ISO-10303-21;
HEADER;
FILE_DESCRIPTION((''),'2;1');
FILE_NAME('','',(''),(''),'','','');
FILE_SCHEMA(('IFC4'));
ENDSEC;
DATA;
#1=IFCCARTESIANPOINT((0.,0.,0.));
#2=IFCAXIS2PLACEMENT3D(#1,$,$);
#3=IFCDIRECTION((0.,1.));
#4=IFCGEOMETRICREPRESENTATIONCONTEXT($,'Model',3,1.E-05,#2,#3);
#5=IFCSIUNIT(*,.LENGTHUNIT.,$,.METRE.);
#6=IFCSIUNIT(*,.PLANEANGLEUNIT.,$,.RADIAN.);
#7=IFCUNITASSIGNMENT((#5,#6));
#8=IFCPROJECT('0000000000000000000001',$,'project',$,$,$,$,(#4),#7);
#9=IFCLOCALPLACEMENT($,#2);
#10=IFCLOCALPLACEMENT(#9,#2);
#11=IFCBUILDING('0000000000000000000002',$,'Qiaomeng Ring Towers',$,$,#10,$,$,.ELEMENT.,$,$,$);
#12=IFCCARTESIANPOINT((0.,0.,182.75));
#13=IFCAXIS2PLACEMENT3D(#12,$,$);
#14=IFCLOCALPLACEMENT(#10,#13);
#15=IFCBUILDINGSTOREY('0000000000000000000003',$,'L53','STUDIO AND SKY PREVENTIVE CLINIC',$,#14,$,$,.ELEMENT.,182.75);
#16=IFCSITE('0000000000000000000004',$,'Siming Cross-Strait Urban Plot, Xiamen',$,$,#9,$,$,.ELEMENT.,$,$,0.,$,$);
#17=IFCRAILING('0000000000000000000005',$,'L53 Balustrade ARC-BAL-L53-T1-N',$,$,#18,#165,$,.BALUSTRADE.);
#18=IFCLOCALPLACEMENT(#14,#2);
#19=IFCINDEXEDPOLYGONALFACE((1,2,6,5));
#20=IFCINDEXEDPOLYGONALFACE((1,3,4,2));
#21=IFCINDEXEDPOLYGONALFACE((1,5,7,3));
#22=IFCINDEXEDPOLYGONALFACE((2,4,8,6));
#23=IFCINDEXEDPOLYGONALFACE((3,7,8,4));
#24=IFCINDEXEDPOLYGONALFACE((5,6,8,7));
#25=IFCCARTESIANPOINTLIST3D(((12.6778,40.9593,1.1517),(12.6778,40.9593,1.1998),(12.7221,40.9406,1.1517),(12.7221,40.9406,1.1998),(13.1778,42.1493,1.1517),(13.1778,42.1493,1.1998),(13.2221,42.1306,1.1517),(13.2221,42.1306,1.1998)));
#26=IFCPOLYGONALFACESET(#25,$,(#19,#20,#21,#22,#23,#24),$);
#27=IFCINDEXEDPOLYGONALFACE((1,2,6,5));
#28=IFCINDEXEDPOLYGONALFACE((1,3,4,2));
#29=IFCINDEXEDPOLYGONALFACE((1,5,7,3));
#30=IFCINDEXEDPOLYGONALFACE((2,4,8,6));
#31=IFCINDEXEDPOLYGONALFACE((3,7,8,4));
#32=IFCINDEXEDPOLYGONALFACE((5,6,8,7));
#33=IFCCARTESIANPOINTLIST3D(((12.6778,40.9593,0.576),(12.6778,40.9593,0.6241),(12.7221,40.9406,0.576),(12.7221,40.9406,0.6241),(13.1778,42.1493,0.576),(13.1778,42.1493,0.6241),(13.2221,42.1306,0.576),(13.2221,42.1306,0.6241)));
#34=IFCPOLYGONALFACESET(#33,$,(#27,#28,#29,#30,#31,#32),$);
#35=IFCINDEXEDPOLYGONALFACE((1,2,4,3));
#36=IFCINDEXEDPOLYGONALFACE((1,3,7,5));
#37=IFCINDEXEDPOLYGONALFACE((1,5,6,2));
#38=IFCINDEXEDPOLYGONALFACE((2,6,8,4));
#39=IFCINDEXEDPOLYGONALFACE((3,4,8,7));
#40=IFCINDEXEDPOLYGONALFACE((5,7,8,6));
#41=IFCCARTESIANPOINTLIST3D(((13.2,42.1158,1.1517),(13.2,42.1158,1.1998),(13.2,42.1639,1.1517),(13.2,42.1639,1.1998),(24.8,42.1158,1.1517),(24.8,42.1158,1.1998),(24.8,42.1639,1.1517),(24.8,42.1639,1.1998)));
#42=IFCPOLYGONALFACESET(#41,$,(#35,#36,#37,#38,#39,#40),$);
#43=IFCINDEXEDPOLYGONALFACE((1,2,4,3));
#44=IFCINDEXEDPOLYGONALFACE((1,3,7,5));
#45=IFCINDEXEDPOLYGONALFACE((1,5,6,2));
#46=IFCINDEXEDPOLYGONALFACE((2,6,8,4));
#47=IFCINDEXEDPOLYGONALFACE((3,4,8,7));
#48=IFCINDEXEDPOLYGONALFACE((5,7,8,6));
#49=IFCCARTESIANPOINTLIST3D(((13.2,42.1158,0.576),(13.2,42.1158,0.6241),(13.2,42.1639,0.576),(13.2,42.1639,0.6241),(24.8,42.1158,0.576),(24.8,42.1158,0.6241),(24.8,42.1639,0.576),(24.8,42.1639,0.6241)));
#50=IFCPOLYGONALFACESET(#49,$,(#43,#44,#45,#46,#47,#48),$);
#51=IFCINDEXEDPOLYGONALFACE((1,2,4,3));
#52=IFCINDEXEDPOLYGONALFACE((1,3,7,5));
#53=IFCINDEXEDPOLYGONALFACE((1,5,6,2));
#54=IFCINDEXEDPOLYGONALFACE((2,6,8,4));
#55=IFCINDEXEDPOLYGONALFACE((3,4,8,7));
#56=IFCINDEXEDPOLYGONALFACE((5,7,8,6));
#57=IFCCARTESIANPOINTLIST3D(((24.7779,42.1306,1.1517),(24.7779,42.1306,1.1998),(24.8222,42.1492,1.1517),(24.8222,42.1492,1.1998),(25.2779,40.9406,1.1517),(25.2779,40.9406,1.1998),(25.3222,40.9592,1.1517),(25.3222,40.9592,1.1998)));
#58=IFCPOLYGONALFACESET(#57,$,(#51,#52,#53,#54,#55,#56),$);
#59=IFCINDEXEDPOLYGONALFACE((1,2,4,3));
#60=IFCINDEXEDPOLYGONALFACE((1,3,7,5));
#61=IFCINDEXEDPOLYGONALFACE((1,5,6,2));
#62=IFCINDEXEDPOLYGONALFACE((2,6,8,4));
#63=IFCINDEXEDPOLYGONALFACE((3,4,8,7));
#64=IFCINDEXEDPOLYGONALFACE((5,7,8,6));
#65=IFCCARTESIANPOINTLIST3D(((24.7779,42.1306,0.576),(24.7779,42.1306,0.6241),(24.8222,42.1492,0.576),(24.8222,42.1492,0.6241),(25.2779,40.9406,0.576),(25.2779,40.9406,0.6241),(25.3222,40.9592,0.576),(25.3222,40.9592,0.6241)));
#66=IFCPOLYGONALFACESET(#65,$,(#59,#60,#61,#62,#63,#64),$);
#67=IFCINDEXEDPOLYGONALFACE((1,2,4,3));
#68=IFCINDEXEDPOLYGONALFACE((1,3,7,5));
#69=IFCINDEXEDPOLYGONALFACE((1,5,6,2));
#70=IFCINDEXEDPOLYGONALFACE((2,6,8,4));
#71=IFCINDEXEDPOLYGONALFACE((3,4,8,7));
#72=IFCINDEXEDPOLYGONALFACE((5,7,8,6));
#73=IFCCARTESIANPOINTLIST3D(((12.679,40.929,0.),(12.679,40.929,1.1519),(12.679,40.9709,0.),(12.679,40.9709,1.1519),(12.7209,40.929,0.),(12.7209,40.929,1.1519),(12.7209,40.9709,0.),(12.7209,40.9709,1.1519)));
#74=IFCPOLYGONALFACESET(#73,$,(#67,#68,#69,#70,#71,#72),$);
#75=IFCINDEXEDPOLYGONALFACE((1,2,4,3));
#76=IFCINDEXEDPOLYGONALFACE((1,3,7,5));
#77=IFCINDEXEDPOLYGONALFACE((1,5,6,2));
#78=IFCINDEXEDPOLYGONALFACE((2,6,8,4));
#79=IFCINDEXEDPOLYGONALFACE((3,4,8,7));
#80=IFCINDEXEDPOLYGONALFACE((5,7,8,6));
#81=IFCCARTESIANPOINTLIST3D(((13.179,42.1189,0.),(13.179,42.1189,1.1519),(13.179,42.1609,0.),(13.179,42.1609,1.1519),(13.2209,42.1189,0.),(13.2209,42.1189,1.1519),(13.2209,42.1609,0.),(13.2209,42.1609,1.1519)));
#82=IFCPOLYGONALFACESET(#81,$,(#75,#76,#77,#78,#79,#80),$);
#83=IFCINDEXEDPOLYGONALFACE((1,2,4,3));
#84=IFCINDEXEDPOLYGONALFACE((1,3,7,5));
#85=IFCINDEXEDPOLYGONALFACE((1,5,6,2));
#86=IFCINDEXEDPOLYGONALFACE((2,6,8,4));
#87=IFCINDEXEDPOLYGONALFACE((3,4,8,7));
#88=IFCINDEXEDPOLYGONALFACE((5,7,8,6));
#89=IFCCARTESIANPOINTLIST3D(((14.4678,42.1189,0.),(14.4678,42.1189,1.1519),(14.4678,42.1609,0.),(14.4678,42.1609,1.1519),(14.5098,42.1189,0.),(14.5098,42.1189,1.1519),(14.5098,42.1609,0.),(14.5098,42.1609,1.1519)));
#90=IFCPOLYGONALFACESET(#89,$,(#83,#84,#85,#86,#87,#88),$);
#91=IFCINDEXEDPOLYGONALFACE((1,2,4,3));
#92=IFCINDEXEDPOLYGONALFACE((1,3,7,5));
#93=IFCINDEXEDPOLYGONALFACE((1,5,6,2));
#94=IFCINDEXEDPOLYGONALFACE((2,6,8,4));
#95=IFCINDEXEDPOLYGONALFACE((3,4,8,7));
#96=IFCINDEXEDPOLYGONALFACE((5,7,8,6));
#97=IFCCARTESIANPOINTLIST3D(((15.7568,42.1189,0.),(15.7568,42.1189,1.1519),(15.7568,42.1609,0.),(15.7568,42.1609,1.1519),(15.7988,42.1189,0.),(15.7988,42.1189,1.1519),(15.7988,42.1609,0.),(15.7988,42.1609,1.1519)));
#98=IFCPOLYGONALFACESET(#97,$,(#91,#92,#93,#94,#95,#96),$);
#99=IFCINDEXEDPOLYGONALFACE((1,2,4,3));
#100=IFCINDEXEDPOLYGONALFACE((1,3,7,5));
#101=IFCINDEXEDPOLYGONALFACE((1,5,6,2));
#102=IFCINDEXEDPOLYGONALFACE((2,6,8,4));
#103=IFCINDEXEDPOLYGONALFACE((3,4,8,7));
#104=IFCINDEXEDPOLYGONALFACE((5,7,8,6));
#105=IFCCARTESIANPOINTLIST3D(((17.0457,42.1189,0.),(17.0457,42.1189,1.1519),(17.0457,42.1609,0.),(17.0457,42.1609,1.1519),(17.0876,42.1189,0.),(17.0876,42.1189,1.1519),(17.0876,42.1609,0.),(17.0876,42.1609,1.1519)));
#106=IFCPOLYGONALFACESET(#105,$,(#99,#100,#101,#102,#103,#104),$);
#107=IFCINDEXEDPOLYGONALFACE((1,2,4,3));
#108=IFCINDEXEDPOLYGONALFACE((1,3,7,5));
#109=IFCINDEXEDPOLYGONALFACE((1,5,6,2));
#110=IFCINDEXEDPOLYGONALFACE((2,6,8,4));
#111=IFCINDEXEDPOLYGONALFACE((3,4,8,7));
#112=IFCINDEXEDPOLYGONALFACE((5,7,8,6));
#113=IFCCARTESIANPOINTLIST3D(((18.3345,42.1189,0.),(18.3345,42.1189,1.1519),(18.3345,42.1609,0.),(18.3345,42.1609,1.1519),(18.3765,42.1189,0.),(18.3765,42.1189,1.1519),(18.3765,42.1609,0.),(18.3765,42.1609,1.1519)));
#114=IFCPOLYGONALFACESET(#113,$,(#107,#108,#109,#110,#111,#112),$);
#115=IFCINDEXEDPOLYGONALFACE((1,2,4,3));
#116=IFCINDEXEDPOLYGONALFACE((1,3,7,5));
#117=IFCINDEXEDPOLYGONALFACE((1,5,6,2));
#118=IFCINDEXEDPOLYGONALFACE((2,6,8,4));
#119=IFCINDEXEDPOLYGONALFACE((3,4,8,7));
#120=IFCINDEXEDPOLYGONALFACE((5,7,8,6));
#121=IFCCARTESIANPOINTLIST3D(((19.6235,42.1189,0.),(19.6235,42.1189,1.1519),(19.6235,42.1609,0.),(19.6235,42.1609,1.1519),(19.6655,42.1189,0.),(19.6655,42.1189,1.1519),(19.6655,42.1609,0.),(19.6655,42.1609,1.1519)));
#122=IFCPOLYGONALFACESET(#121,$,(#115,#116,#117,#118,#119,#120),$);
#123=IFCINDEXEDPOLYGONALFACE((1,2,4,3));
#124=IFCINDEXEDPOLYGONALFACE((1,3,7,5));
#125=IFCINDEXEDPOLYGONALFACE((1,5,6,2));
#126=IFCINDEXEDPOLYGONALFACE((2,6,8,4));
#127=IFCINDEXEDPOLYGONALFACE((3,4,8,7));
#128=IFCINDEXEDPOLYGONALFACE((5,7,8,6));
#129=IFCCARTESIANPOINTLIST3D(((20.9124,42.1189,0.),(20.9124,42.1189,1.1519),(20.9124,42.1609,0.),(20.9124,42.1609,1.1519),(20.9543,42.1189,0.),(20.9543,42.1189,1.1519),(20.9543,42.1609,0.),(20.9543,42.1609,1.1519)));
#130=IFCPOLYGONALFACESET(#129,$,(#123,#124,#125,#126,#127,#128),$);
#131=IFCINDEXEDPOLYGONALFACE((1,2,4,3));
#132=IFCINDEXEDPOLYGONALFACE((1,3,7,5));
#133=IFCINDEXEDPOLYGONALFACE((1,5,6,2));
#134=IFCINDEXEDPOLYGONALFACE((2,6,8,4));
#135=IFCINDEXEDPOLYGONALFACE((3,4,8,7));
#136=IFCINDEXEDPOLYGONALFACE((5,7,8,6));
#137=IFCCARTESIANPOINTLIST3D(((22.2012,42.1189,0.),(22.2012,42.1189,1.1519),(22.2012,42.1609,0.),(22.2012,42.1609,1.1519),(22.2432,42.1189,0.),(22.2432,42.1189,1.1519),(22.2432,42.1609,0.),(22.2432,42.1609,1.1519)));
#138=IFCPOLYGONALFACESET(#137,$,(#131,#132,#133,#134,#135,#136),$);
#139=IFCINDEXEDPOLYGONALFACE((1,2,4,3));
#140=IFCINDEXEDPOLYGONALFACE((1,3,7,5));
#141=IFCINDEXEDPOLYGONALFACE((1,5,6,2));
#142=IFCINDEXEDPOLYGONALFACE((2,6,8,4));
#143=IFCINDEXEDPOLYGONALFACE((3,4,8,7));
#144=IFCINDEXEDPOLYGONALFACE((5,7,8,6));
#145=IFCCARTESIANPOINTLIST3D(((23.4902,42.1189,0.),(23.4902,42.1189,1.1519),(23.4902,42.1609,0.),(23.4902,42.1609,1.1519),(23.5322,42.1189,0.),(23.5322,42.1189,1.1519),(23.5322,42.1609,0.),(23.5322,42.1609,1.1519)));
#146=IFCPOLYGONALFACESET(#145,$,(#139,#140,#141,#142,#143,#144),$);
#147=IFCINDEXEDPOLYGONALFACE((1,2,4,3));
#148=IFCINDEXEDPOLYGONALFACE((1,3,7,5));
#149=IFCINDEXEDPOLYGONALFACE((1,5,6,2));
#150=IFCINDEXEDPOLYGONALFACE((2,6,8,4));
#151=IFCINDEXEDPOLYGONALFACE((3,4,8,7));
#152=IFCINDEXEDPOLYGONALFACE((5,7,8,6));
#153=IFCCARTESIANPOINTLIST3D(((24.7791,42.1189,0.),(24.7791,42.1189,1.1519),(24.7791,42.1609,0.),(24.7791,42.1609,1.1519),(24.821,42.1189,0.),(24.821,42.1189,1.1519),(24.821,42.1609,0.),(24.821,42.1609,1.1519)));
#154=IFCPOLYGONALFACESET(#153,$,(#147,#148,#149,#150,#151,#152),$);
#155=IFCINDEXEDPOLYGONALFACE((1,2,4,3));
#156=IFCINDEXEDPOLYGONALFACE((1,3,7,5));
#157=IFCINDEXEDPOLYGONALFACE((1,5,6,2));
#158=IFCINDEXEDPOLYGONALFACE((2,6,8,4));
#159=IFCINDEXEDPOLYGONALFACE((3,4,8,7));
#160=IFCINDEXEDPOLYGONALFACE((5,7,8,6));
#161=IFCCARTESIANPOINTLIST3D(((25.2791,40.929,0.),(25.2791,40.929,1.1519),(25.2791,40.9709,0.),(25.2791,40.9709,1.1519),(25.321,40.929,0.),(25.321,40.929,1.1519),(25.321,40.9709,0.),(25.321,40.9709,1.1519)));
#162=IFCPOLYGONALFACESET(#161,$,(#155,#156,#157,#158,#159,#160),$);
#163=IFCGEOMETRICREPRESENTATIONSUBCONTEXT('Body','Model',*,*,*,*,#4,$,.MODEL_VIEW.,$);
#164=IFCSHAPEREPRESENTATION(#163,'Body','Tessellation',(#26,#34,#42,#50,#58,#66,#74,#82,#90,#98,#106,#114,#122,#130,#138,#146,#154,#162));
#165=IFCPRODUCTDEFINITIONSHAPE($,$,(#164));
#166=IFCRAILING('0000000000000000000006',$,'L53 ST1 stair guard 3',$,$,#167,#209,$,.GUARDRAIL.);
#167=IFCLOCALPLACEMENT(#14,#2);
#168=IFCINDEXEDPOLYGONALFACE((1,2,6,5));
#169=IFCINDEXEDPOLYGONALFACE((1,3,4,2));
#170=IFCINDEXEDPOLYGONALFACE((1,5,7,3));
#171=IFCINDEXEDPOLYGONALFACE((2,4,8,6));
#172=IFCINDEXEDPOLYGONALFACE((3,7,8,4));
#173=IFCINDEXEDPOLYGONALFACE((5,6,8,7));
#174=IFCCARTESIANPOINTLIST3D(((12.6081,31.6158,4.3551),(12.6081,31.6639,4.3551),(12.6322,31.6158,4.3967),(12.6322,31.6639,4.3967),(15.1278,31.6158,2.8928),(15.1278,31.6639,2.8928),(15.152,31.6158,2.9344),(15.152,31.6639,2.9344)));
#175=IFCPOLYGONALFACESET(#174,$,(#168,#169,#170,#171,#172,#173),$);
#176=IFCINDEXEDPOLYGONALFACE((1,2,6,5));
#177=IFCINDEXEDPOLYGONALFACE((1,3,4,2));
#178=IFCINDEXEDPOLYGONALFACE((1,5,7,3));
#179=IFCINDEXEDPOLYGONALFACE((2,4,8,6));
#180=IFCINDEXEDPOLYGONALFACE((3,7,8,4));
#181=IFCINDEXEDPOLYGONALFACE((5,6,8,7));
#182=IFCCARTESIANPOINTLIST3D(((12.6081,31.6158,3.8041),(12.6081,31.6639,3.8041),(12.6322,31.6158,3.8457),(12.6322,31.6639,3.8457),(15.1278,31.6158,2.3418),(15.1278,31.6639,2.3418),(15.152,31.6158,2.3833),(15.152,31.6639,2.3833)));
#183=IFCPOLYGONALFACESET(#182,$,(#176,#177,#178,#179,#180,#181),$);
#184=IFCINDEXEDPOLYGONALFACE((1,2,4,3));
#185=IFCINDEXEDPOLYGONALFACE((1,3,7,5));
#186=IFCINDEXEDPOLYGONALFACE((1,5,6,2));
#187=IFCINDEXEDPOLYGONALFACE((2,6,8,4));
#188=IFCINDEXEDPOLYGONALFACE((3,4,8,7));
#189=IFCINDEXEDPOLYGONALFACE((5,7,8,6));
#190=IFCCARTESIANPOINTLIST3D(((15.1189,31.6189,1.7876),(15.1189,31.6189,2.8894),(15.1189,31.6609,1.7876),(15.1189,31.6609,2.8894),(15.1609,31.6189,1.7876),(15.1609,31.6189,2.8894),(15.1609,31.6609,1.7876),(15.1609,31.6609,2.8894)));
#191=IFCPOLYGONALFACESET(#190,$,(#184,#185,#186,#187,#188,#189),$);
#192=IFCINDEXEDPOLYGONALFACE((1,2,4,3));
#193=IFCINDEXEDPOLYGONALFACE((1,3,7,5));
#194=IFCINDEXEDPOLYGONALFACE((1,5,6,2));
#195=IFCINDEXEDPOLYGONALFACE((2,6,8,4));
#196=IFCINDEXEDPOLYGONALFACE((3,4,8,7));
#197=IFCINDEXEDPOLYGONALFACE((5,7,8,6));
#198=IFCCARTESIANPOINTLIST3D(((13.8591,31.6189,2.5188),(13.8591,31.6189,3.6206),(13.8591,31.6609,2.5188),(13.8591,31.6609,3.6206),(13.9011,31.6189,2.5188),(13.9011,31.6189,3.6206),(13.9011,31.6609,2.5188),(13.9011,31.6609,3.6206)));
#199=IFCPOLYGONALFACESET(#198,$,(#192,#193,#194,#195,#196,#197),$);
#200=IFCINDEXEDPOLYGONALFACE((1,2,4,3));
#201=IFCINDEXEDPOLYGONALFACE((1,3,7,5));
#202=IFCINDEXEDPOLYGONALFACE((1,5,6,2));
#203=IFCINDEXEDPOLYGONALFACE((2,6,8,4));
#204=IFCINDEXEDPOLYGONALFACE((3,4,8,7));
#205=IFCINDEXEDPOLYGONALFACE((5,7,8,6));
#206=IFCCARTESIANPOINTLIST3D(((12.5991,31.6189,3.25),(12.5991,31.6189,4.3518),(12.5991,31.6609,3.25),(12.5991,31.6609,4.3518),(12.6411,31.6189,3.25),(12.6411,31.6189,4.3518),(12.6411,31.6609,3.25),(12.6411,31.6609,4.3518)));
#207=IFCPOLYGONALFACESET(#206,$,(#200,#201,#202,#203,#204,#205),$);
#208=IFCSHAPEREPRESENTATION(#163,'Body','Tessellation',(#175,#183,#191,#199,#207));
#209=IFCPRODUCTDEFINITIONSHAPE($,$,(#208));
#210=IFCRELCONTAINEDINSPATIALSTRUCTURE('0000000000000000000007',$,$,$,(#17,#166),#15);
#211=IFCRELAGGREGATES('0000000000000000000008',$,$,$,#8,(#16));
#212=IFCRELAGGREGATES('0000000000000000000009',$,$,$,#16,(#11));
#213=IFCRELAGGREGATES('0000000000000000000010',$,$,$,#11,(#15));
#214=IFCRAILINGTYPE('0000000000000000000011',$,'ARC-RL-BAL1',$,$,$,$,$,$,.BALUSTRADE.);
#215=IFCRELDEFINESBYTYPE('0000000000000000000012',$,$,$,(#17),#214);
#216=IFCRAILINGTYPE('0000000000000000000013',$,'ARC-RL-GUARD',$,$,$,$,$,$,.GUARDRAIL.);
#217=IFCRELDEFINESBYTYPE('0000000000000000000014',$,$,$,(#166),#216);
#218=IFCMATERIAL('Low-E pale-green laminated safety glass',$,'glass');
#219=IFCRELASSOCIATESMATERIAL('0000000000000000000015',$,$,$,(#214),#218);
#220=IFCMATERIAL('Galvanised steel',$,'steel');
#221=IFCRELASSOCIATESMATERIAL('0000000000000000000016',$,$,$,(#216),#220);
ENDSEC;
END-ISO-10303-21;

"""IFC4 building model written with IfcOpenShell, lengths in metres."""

from ifc_helpers import new_model, si_unit, direction, frame, origin, origin_2d, place, context, subcontext, project, spatial, rectangle, extrude, material, type_object, element, save


model = new_model("IFC4")

# Units and contexts
model_context = context("Model", 3, precision=1e-05, world=origin(), true_north=direction((0.0, 1.0)))
body_context = subcontext(model_context, "Body", "Model", "MODEL_VIEW")
ifc_project = project(units=[si_unit("LENGTHUNIT", "METRE"), si_unit("PLANEANGLEUNIT", "RADIAN")], contexts=[model_context])

# Site, building, storey
site_placement = place(None, origin())
site = spatial("IfcSite", under=ifc_project, at=site_placement, Name="Siming Cross-Strait Urban Plot, Xiamen", CompositionType="ELEMENT", RefElevation=0.0)
building_placement = place(site_placement, origin())
building = spatial("IfcBuilding", under=site, at=building_placement, Name="Qiaomeng Ring Towers", CompositionType="ELEMENT")
storey_placement = place(building_placement, frame((0.0, 0.0, 182.75)))
storey = spatial("IfcBuildingStorey", under=building, at=storey_placement, Name="L53", Description="STUDIO AND SKY PREVENTIVE CLINIC", CompositionType="ELEMENT", Elevation=182.75)

# Shared definitions
ifc_material_1 = material(Name="Galvanised steel", Category="steel")

# Railings
ifc_material_2 = material(Name="Low-E pale-green laminated safety glass", Category="glass")
railing_type_1 = type_object("IfcRailingType", Name="ARC-RL-BAL1", PredefinedType="BALUSTRADE", material=ifc_material_2)
railing_1_placement = place(storey_placement, frame((12.7, 40.95, 0.0)))
element("IfcRailing", 1, at=railing_1_placement, inside=storey, type_object=railing_type_1, Name="L53 Balustrade ARC-BAL-L53-T1-N", PredefinedType="BALUSTRADE", context=body_context, shape_type="SweptSolid", body=[
    extrude(rectangle(XDim=0.0481, YDim=0.0481, at=origin_2d()), frame((0.0, 0.0, 1.1758), z_axis=(0.38738, 0.92192, 0.0), x_axis=(-0.92192, 0.38738, 0.0)), (0.0, 0.0, 1.0), 1.2908),
    extrude(rectangle(XDim=0.0481, YDim=0.0481, at=origin_2d()), frame((0.0, 0.0, 0.6001), z_axis=(0.38738, 0.92192, 0.0), x_axis=(-0.92192, 0.38738, 0.0)), (0.0, 0.0, 1.0), 1.2908),
    extrude(rectangle(XDim=0.0481, YDim=0.0481, at=origin_2d()), frame((0.5, 1.1899, 1.1758), z_axis=(1.0, 0.0, 0.0), x_axis=(0.0, 1.0, 0.0)), (0.0, 0.0, 1.0), 11.6001),
    extrude(rectangle(XDim=0.0481, YDim=0.0481, at=origin_2d()), frame((0.5, 1.1899, 0.6001), z_axis=(1.0, 0.0, 0.0), x_axis=(0.0, 1.0, 0.0)), (0.0, 0.0, 1.0), 11.6001),
    extrude(rectangle(XDim=0.0481, YDim=0.0481, at=origin_2d()), frame((12.1001, 1.1899, 1.1758), z_axis=(0.38738, -0.92192, 0.0), x_axis=(0.92192, 0.38738, 0.0)), (0.0, 0.0, 1.0), 1.2908),
    extrude(rectangle(XDim=0.0481, YDim=0.0481, at=origin_2d()), frame((12.1001, 1.1899, 0.6001), z_axis=(0.38738, -0.92192, 0.0), x_axis=(0.92192, 0.38738, 0.0)), (0.0, 0.0, 1.0), 1.2908),
    extrude(rectangle(XDim=0.042, YDim=0.042, at=origin_2d()), origin(), (0.0, 0.0, 1.0), 1.1519),
    extrude(rectangle(XDim=0.042, YDim=0.042, at=origin_2d()), frame((0.5, 1.1899, 0.0)), (0.0, 0.0, 1.0), 1.1519),
    extrude(rectangle(XDim=0.042, YDim=0.042, at=origin_2d()), frame((1.7888, 1.1899, 0.0)), (0.0, 0.0, 1.0), 1.1519),
    extrude(rectangle(XDim=0.042, YDim=0.042, at=origin_2d()), frame((3.0779, 1.1899, 0.0)), (0.0, 0.0, 1.0), 1.1519),
    extrude(rectangle(XDim=0.042, YDim=0.042, at=origin_2d()), frame((4.3667, 1.1899, 0.0)), (0.0, 0.0, 1.0), 1.1519),
    extrude(rectangle(XDim=0.042, YDim=0.042, at=origin_2d()), frame((5.6555, 1.1899, 0.0)), (0.0, 0.0, 1.0), 1.1519),
    extrude(rectangle(XDim=0.042, YDim=0.042, at=origin_2d()), frame((6.9446, 1.1899, 0.0)), (0.0, 0.0, 1.0), 1.1519),
    extrude(rectangle(XDim=0.042, YDim=0.042, at=origin_2d()), frame((8.2334, 1.1899, 0.0)), (0.0, 0.0, 1.0), 1.1519),
    extrude(rectangle(XDim=0.042, YDim=0.042, at=origin_2d()), frame((9.5222, 1.1899, 0.0)), (0.0, 0.0, 1.0), 1.1519),
    extrude(rectangle(XDim=0.042, YDim=0.042, at=origin_2d()), frame((10.8113, 1.1899, 0.0)), (0.0, 0.0, 1.0), 1.1519),
    extrude(rectangle(XDim=0.042, YDim=0.042, at=origin_2d()), frame((12.1001, 1.1899, 0.0)), (0.0, 0.0, 1.0), 1.1519),
    extrude(rectangle(XDim=0.042, YDim=0.042, at=origin_2d()), frame((12.6001, 0.0, 0.0)), (0.0, 0.0, 1.0), 1.1519),
])
railing_type_2 = type_object("IfcRailingType", Name="ARC-RL-GUARD", PredefinedType="GUARDRAIL", material=ifc_material_1)
railing_2_placement = place(storey_placement, frame((15.1399, 31.6399, 1.7876)))
element("IfcRailing", 2, at=railing_2_placement, inside=storey, type_object=railing_type_2, Name="L53 ST1 stair guard 3", PredefinedType="GUARDRAIL", context=body_context, shape_type="SweptSolid", body=[
    extrude(rectangle(XDim=0.0481, YDim=0.0481, at=origin_2d()), frame((0.0, 0.0, 1.126), z_axis=(-0.864892, 0.0, 0.501958), x_axis=(0.0, -1.0, 0.0)), (0.0, 0.0, 1.0), 2.9133),
    extrude(rectangle(XDim=0.0481, YDim=0.0481, at=origin_2d()), frame((0.0, 0.0, 0.575), z_axis=(-0.864892, 0.0, 0.501958), x_axis=(0.0, -1.0, 0.0)), (0.0, 0.0, 1.0), 2.9133),
    extrude(rectangle(XDim=0.042, YDim=0.042, at=origin_2d()), origin(), (0.0, 0.0, 1.0), 1.1018),
    extrude(rectangle(XDim=0.042, YDim=0.042, at=origin_2d()), frame((-1.2598, 0.0, 0.7312)), (0.0, 0.0, 1.0), 1.1018),
    extrude(rectangle(XDim=0.042, YDim=0.042, at=origin_2d()), frame((-2.5198, 0.0, 1.4624)), (0.0, 0.0, 1.0), 1.1018),
])

save(model, "model.ifc")
